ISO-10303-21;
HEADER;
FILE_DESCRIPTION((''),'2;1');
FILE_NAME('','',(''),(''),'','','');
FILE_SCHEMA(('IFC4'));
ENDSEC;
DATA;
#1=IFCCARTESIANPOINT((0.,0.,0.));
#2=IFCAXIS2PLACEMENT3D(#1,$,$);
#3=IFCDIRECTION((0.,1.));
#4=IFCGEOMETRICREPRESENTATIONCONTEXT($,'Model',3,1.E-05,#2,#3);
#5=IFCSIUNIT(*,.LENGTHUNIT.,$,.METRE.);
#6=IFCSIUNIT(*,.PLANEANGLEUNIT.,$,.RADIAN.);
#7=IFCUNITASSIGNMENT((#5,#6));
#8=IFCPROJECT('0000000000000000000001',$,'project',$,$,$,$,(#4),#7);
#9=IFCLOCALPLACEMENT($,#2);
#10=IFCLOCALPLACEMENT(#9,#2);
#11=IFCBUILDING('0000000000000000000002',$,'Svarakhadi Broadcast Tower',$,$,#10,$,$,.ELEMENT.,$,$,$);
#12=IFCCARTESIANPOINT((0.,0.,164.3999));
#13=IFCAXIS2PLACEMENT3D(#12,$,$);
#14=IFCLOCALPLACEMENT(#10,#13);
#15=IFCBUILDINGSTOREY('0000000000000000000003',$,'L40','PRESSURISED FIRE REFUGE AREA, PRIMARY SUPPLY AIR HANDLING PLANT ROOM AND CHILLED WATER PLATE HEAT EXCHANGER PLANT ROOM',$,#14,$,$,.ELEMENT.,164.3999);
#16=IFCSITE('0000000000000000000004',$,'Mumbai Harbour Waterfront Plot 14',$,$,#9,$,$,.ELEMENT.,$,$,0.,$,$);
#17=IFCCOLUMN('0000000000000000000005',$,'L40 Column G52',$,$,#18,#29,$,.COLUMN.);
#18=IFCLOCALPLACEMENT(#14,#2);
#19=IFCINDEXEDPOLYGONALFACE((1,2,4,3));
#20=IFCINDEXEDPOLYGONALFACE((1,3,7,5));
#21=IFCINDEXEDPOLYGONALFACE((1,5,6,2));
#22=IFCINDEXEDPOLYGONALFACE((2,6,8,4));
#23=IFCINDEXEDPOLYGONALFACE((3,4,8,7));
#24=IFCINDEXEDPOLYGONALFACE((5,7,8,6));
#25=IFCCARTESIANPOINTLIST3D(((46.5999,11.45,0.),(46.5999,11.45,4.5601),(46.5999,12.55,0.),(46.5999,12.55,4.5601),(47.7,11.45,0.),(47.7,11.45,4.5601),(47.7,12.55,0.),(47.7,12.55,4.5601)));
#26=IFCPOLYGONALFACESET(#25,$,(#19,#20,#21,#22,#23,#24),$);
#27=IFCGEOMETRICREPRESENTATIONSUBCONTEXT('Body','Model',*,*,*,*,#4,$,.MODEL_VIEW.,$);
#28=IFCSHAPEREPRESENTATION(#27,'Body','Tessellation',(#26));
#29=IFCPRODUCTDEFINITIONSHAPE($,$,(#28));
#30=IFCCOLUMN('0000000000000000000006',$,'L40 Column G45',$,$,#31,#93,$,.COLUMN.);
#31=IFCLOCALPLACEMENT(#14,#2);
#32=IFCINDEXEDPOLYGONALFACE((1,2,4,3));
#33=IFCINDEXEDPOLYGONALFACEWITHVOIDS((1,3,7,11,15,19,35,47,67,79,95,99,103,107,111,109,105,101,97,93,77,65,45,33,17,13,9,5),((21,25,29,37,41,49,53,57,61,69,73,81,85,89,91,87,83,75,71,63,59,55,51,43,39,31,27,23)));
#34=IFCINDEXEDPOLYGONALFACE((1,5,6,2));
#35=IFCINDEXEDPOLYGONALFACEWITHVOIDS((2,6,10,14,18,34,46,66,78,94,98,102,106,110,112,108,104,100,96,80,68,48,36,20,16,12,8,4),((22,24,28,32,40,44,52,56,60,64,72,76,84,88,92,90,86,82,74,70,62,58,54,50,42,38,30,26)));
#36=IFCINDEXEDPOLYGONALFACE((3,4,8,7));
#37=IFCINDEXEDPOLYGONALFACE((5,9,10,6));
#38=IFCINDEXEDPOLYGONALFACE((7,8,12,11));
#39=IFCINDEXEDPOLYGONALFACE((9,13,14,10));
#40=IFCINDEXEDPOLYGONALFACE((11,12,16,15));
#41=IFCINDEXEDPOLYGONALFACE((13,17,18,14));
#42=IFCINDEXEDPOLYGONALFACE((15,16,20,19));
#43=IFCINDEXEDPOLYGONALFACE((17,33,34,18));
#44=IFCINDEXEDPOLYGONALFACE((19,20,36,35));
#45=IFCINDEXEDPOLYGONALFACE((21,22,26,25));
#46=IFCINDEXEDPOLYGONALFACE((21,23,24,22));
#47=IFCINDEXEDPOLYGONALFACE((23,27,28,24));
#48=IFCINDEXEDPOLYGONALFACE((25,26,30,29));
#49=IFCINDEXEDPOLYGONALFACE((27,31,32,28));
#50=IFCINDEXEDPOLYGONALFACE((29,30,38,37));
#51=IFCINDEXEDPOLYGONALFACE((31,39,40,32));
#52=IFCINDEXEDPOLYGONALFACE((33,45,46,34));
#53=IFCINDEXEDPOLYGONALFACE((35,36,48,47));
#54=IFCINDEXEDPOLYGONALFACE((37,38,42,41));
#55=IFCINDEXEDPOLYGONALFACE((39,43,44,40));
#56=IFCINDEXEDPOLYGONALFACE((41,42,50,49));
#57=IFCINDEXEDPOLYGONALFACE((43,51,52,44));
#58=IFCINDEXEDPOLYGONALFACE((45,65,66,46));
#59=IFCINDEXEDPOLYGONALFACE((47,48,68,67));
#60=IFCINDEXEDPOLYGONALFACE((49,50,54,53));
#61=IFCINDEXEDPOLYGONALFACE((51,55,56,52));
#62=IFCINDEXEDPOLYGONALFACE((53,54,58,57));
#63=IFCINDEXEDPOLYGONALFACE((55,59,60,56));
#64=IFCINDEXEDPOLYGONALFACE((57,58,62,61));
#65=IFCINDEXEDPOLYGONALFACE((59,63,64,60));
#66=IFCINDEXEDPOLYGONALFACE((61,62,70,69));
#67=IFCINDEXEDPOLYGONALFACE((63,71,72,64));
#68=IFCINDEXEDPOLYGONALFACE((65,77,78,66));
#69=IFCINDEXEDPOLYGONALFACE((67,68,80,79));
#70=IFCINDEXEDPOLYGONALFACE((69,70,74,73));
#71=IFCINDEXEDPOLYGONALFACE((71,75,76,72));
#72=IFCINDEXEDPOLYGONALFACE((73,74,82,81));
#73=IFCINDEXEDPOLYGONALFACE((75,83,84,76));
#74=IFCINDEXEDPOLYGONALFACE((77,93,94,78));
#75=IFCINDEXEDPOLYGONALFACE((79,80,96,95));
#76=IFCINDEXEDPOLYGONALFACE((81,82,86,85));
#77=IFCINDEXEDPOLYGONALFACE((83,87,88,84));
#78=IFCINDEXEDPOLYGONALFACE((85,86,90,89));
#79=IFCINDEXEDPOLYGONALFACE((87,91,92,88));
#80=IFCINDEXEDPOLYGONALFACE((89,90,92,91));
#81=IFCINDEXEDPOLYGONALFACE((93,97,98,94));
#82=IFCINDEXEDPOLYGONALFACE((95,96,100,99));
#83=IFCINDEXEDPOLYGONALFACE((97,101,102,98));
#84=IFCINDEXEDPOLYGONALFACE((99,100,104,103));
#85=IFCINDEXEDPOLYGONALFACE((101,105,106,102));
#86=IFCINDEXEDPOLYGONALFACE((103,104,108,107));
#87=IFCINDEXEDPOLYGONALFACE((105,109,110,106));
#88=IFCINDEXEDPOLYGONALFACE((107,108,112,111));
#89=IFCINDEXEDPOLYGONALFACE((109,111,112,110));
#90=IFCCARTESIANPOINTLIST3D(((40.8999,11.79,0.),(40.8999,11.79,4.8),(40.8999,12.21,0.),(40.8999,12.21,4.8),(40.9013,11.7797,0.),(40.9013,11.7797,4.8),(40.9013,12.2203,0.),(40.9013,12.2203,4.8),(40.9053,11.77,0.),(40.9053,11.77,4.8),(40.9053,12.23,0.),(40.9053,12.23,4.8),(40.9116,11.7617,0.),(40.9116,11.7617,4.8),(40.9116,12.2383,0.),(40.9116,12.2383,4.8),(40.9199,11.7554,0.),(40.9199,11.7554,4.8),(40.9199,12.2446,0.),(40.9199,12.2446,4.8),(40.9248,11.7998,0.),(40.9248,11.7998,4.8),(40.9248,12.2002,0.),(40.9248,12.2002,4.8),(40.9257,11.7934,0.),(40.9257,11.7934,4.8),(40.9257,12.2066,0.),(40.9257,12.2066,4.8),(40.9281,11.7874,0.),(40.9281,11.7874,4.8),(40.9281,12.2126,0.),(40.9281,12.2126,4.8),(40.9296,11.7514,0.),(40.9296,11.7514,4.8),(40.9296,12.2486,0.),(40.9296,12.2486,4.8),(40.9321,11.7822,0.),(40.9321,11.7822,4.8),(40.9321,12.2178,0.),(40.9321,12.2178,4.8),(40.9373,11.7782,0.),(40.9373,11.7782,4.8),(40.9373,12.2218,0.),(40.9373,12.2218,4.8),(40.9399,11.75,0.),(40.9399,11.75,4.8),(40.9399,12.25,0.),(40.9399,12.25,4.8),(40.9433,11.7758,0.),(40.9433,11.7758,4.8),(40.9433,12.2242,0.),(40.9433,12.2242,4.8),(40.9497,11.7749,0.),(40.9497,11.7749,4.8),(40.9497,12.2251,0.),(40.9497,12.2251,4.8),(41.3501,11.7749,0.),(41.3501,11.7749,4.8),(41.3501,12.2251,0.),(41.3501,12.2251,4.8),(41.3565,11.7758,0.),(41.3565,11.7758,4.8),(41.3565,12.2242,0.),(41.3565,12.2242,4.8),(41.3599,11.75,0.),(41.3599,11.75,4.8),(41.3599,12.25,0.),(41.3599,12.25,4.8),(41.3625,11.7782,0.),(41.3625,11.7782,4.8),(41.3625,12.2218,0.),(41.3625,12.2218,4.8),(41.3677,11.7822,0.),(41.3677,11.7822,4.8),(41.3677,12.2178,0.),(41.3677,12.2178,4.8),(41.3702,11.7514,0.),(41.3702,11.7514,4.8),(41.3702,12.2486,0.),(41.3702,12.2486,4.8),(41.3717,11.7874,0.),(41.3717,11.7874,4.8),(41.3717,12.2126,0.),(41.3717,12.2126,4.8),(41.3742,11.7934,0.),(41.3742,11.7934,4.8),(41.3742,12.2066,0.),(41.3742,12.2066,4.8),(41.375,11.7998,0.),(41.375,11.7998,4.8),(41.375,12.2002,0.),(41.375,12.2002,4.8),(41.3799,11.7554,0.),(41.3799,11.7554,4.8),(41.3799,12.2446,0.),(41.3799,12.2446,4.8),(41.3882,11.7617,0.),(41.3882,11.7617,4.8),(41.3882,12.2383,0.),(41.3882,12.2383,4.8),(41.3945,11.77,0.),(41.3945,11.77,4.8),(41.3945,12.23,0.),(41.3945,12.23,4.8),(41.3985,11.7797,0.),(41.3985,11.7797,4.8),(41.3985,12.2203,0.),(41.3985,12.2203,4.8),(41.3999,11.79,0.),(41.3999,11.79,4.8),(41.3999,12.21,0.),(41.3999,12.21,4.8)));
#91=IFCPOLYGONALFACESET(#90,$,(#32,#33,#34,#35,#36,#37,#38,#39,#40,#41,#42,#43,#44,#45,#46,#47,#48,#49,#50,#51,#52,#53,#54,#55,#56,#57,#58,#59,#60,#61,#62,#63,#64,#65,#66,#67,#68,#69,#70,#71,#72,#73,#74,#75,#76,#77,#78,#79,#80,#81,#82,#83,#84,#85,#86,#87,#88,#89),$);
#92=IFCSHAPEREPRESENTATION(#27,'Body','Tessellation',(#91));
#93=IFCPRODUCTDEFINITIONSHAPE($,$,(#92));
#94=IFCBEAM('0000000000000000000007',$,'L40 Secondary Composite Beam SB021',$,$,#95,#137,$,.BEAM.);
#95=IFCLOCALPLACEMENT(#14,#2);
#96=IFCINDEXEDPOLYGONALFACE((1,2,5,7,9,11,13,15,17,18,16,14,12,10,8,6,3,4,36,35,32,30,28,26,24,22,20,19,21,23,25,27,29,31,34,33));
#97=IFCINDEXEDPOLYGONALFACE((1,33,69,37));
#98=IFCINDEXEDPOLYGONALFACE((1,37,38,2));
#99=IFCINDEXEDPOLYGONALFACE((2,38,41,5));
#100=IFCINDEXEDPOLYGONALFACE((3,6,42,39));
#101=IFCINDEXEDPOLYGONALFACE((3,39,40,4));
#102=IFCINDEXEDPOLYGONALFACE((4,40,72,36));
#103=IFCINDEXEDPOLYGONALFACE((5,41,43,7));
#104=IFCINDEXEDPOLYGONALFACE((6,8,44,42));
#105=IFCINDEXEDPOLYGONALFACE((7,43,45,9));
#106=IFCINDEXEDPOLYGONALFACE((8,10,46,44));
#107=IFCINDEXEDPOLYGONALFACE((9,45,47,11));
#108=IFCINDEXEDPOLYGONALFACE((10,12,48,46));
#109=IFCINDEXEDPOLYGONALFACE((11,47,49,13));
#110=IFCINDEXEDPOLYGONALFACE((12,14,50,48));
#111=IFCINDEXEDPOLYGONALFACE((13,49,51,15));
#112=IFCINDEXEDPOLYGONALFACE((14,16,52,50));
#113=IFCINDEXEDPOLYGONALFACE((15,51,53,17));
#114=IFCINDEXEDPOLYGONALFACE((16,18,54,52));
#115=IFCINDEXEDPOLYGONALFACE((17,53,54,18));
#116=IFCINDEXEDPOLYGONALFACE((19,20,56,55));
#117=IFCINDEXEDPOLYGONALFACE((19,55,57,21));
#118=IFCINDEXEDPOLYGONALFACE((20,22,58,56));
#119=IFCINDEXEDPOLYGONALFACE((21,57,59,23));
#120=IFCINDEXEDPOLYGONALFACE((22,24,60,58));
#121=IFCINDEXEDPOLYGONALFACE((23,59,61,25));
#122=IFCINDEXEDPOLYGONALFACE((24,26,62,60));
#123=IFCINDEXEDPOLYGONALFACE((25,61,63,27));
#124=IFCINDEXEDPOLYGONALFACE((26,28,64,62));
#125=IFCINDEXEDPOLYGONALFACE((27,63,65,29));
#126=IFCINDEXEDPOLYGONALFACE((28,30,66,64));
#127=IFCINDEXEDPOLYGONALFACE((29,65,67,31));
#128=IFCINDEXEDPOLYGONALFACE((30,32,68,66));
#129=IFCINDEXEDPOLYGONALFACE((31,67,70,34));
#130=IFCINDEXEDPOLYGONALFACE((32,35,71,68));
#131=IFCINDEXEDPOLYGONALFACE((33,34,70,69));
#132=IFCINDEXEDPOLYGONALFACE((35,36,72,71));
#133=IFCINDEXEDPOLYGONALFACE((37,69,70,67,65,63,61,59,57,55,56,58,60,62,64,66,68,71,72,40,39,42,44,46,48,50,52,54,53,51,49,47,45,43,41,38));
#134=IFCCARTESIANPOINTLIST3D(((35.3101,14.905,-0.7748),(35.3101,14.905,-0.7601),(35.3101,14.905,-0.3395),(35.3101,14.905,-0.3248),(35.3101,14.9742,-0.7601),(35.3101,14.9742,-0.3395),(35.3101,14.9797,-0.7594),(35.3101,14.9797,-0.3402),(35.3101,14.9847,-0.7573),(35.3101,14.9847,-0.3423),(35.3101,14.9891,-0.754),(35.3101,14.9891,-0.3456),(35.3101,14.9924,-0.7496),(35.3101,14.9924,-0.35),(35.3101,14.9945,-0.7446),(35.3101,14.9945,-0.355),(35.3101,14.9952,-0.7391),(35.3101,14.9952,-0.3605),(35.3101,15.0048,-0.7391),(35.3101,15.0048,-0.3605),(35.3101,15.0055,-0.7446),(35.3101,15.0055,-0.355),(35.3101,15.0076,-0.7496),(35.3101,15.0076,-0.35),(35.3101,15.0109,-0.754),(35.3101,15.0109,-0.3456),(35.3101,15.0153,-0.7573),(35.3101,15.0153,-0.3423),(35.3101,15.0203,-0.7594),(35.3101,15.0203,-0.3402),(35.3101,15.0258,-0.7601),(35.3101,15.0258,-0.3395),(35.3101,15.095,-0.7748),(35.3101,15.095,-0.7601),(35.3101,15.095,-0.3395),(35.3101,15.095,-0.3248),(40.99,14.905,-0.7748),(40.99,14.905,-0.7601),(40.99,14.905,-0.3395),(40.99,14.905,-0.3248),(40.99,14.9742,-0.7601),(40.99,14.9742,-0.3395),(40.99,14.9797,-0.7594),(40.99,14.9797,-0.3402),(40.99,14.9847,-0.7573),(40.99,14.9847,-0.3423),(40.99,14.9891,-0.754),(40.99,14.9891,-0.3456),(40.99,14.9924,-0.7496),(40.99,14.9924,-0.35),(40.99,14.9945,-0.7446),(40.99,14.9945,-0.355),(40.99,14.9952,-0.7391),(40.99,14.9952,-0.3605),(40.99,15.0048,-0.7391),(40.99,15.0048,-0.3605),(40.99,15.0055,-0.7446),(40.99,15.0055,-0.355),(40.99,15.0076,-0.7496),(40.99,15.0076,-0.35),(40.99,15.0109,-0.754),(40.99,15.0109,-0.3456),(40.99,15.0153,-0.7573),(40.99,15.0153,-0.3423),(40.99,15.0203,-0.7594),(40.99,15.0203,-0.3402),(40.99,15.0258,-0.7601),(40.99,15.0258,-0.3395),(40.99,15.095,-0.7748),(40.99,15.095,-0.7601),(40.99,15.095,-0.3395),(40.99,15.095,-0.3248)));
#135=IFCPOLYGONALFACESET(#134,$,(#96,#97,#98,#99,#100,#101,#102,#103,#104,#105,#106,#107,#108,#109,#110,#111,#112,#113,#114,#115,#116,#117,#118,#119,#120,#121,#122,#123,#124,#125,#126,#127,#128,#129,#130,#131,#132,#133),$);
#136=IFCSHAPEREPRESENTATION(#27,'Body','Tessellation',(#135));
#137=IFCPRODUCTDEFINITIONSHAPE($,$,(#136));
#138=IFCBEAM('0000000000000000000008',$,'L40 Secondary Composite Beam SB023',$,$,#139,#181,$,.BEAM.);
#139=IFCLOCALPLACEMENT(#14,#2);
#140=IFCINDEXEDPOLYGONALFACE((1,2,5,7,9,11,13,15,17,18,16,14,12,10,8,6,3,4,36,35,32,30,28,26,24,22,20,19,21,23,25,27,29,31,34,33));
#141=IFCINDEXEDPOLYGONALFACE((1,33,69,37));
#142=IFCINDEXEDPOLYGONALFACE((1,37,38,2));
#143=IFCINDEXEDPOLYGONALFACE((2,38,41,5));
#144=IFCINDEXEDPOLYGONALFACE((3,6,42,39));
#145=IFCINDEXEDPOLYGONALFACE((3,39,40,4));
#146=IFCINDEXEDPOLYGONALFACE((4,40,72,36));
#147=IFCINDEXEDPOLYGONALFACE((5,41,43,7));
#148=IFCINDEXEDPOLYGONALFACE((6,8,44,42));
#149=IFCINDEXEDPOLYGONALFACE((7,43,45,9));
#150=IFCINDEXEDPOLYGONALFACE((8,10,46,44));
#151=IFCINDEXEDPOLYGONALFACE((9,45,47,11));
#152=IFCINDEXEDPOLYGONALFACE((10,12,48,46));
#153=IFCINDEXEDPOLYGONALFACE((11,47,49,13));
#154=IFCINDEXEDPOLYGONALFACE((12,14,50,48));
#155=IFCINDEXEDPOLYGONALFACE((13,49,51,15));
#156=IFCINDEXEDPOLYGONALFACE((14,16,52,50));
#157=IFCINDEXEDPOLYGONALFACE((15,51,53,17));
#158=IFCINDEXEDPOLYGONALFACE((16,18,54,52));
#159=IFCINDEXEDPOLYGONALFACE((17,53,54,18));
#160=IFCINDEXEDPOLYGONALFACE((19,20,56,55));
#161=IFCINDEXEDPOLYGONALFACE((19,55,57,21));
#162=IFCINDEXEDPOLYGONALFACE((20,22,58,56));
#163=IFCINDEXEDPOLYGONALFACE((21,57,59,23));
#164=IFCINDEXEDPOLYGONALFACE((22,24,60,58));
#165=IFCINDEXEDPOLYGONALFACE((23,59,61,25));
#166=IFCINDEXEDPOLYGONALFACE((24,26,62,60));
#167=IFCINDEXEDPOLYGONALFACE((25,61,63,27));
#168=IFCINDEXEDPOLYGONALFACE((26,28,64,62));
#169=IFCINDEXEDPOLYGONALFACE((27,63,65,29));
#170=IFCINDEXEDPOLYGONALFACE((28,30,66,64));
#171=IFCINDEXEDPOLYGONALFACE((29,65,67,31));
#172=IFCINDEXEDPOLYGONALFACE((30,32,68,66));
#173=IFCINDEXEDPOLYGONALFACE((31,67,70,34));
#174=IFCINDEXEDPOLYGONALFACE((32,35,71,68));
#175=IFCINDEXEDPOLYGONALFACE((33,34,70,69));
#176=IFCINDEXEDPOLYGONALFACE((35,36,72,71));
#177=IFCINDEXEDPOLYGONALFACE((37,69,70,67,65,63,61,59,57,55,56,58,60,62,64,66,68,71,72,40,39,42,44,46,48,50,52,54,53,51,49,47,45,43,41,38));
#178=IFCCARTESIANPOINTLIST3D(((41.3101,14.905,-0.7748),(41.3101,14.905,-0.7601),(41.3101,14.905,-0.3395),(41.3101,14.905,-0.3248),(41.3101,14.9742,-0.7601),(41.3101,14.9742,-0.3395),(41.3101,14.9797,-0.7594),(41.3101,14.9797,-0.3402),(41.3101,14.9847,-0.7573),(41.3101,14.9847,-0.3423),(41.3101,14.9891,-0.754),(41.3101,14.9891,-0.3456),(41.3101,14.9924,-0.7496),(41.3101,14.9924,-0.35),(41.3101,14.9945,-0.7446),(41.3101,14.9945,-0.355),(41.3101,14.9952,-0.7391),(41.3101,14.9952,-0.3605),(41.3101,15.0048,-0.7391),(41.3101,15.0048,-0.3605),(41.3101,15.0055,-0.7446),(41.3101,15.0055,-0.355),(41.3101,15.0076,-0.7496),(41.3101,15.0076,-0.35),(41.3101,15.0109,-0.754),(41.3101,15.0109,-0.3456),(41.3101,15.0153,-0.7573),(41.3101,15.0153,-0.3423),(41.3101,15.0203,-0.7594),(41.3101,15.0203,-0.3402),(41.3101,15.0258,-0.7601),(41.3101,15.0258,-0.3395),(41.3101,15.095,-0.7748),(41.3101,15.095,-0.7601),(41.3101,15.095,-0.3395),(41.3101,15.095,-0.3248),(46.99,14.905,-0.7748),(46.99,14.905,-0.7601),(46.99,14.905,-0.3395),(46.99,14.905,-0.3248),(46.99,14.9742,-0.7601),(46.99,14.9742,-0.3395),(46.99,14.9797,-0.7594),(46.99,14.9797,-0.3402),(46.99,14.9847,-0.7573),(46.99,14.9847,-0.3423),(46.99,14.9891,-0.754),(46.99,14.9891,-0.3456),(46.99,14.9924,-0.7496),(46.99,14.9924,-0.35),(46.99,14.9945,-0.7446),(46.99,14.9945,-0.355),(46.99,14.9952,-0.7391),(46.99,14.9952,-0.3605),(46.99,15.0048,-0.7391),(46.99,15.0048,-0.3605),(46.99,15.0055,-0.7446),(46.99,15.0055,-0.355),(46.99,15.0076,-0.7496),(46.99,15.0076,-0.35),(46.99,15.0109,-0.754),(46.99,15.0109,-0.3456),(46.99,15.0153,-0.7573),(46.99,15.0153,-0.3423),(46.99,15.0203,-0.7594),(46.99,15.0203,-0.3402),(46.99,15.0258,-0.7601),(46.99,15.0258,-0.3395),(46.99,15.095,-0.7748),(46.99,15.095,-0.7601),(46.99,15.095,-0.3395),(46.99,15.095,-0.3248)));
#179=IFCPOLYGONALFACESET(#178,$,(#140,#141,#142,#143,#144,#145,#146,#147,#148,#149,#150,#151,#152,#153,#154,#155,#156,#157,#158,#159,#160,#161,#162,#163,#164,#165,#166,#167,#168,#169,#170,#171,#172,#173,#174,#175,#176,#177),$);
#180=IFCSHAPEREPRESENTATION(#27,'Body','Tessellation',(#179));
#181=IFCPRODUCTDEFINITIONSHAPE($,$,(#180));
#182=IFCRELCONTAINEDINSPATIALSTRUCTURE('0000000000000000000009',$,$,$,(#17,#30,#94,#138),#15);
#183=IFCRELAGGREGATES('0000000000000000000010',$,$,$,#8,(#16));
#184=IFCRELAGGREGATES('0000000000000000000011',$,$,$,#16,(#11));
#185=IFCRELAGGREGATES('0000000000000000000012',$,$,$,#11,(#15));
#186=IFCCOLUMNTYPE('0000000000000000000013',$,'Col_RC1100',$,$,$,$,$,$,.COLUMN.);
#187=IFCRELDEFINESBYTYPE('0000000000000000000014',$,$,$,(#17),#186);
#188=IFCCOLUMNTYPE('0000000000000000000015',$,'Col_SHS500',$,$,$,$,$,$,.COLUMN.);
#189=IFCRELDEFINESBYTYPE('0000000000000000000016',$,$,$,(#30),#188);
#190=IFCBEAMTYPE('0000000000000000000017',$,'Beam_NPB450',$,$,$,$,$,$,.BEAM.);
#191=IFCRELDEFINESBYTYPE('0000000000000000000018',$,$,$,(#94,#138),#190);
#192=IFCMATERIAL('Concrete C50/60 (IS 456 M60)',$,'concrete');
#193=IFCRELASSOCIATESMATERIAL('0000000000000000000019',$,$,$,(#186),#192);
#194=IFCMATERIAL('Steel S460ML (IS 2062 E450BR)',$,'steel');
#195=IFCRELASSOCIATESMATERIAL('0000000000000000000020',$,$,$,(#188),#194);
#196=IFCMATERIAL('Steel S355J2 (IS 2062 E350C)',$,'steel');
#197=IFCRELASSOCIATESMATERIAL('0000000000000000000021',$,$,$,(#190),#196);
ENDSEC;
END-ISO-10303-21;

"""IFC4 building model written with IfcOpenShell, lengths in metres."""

from ifc_helpers import new_model, si_unit, direction, frame, origin, origin_2d, place, context, subcontext, project, spatial, rectangle, hollow_rectangle, i_section, extrude, material, material_profile, profile_set, type_object, element, save


model = new_model("IFC4")

# Units and contexts
model_context = context("Model", 3, precision=1e-05, world=origin(), true_north=direction((0.0, 1.0)))
body_context = subcontext(model_context, "Body", "Model", "MODEL_VIEW")
ifc_project = project(units=[si_unit("LENGTHUNIT", "METRE"), si_unit("PLANEANGLEUNIT", "RADIAN")], contexts=[model_context])

# Site, building, storey
site_placement = place(None, origin())
site = spatial("IfcSite", under=ifc_project, at=site_placement, Name="Mumbai Harbour Waterfront Plot 14", CompositionType="ELEMENT", RefElevation=0.0)
building_placement = place(site_placement, origin())
building = spatial("IfcBuilding", under=site, at=building_placement, Name="Svarakhadi Broadcast Tower", CompositionType="ELEMENT")
storey_placement = place(building_placement, frame((0.0, 0.0, 164.3999)))
storey = spatial("IfcBuildingStorey", under=building, at=storey_placement, Name="L40", Description="PRESSURISED FIRE REFUGE AREA, PRIMARY SUPPLY AIR HANDLING PLANT ROOM AND CHILLED WATER PLATE HEAT EXCHANGER PLANT ROOM", CompositionType="ELEMENT", Elevation=164.3999)

# Columns
ifc_material_1 = material(Name="Concrete C50/60 (IS 456 M60)", Category="concrete")
ifc_material_profile_1 = material_profile(ifc_material_1, rectangle(XDim=1.1001, YDim=1.1001, at=origin_2d()), Name="RC 1100x1100")
ifc_profile_set_1 = profile_set([ifc_material_profile_1], Name="Concrete C50/60 (IS 456 M60)")
column_type_1 = type_object("IfcColumnType", Name="Col_RC1100", PredefinedType="COLUMN", material=ifc_profile_set_1)
column_1_placement = place(storey_placement, frame((47.1499, 12.0, 0.0), z_axis=(0.0, 0.0, 1.0), x_axis=(1.0, 0.0, 0.0)))
element("IfcColumn", 1, at=column_1_placement, inside=storey, type_object=column_type_1, Name="L40 Column G52", PredefinedType="COLUMN", context=body_context, shape_type="SweptSolid", body=[
    extrude(rectangle(XDim=1.1001, YDim=1.1001, at=origin_2d()), origin(), (0.0, 0.0, 1.0), 4.5601),
])
ifc_material_2 = material(Name="Steel S460ML (IS 2062 E450BR)", Category="steel")
ifc_material_profile_2 = material_profile(ifc_material_2, hollow_rectangle(XDim=0.5, YDim=0.5, WallThickness=0.0249, InnerFilletRadius=0.0249, OuterFilletRadius=0.04, at=origin_2d()), Name="SHS 500x500x25")
ifc_profile_set_2 = profile_set([ifc_material_profile_2], Name="Steel S460ML (IS 2062 E450BR)")
column_type_2 = type_object("IfcColumnType", Name="Col_SHS500", PredefinedType="COLUMN", material=ifc_profile_set_2)
column_2_placement = place(storey_placement, frame((41.1499, 12.0, 0.0), z_axis=(0.0, 0.0, 1.0), x_axis=(1.0, 0.0, 0.0)))
element("IfcColumn", 2, at=column_2_placement, inside=storey, type_object=column_type_2, Name="L40 Column G45", PredefinedType="COLUMN", context=body_context, shape_type="SweptSolid", body=[
    extrude(hollow_rectangle(XDim=0.5, YDim=0.5, WallThickness=0.0249, InnerFilletRadius=0.0249, OuterFilletRadius=0.04, at=origin_2d()), origin(), (0.0, 0.0, 1.0), 4.8),
])

# Beams
ifc_material_3 = material(Name="Steel S355J2 (IS 2062 E350C)", Category="steel")
ifc_material_profile_3 = material_profile(ifc_material_3, i_section(OverallWidth=0.1899, OverallDepth=0.45, WebThickness=0.0095, FlangeThickness=0.0146, FilletRadius=0.021, at=origin_2d()), Name="NPB 450x190x78")
ifc_profile_set_3 = profile_set([ifc_material_profile_3], Name="Steel S355J2 (IS 2062 E350C)")
beam_type_1 = type_object("IfcBeamType", Name="Beam_NPB450", PredefinedType="BEAM", material=ifc_profile_set_3)
for number, where, z_axis, x_axis, name in (
    (3, (35.3101, 15.0, -0.5498), (1.0, 0.0, 0.0), (0.0, 1.0, 0.0), "L40 Secondary Composite Beam SB021"),
    (4, (41.3101, 15.0, -0.5498), (1.0, 0.0, 0.0), (0.0, 1.0, 0.0), "L40 Secondary Composite Beam SB023"),
):
    element("IfcBeam", number, at=place(storey_placement, frame(where, z_axis=z_axis, x_axis=x_axis)), inside=storey, type_object=beam_type_1, Name=name, PredefinedType="BEAM", context=body_context, shape_type="SweptSolid", body=[
        extrude(i_section(OverallWidth=0.1899, OverallDepth=0.45, WebThickness=0.0095, FlangeThickness=0.0146, FilletRadius=0.021, at=origin_2d()), origin(), (0.0, 0.0, 1.0), 5.6799),
    ])

save(model, "model.ifc")
